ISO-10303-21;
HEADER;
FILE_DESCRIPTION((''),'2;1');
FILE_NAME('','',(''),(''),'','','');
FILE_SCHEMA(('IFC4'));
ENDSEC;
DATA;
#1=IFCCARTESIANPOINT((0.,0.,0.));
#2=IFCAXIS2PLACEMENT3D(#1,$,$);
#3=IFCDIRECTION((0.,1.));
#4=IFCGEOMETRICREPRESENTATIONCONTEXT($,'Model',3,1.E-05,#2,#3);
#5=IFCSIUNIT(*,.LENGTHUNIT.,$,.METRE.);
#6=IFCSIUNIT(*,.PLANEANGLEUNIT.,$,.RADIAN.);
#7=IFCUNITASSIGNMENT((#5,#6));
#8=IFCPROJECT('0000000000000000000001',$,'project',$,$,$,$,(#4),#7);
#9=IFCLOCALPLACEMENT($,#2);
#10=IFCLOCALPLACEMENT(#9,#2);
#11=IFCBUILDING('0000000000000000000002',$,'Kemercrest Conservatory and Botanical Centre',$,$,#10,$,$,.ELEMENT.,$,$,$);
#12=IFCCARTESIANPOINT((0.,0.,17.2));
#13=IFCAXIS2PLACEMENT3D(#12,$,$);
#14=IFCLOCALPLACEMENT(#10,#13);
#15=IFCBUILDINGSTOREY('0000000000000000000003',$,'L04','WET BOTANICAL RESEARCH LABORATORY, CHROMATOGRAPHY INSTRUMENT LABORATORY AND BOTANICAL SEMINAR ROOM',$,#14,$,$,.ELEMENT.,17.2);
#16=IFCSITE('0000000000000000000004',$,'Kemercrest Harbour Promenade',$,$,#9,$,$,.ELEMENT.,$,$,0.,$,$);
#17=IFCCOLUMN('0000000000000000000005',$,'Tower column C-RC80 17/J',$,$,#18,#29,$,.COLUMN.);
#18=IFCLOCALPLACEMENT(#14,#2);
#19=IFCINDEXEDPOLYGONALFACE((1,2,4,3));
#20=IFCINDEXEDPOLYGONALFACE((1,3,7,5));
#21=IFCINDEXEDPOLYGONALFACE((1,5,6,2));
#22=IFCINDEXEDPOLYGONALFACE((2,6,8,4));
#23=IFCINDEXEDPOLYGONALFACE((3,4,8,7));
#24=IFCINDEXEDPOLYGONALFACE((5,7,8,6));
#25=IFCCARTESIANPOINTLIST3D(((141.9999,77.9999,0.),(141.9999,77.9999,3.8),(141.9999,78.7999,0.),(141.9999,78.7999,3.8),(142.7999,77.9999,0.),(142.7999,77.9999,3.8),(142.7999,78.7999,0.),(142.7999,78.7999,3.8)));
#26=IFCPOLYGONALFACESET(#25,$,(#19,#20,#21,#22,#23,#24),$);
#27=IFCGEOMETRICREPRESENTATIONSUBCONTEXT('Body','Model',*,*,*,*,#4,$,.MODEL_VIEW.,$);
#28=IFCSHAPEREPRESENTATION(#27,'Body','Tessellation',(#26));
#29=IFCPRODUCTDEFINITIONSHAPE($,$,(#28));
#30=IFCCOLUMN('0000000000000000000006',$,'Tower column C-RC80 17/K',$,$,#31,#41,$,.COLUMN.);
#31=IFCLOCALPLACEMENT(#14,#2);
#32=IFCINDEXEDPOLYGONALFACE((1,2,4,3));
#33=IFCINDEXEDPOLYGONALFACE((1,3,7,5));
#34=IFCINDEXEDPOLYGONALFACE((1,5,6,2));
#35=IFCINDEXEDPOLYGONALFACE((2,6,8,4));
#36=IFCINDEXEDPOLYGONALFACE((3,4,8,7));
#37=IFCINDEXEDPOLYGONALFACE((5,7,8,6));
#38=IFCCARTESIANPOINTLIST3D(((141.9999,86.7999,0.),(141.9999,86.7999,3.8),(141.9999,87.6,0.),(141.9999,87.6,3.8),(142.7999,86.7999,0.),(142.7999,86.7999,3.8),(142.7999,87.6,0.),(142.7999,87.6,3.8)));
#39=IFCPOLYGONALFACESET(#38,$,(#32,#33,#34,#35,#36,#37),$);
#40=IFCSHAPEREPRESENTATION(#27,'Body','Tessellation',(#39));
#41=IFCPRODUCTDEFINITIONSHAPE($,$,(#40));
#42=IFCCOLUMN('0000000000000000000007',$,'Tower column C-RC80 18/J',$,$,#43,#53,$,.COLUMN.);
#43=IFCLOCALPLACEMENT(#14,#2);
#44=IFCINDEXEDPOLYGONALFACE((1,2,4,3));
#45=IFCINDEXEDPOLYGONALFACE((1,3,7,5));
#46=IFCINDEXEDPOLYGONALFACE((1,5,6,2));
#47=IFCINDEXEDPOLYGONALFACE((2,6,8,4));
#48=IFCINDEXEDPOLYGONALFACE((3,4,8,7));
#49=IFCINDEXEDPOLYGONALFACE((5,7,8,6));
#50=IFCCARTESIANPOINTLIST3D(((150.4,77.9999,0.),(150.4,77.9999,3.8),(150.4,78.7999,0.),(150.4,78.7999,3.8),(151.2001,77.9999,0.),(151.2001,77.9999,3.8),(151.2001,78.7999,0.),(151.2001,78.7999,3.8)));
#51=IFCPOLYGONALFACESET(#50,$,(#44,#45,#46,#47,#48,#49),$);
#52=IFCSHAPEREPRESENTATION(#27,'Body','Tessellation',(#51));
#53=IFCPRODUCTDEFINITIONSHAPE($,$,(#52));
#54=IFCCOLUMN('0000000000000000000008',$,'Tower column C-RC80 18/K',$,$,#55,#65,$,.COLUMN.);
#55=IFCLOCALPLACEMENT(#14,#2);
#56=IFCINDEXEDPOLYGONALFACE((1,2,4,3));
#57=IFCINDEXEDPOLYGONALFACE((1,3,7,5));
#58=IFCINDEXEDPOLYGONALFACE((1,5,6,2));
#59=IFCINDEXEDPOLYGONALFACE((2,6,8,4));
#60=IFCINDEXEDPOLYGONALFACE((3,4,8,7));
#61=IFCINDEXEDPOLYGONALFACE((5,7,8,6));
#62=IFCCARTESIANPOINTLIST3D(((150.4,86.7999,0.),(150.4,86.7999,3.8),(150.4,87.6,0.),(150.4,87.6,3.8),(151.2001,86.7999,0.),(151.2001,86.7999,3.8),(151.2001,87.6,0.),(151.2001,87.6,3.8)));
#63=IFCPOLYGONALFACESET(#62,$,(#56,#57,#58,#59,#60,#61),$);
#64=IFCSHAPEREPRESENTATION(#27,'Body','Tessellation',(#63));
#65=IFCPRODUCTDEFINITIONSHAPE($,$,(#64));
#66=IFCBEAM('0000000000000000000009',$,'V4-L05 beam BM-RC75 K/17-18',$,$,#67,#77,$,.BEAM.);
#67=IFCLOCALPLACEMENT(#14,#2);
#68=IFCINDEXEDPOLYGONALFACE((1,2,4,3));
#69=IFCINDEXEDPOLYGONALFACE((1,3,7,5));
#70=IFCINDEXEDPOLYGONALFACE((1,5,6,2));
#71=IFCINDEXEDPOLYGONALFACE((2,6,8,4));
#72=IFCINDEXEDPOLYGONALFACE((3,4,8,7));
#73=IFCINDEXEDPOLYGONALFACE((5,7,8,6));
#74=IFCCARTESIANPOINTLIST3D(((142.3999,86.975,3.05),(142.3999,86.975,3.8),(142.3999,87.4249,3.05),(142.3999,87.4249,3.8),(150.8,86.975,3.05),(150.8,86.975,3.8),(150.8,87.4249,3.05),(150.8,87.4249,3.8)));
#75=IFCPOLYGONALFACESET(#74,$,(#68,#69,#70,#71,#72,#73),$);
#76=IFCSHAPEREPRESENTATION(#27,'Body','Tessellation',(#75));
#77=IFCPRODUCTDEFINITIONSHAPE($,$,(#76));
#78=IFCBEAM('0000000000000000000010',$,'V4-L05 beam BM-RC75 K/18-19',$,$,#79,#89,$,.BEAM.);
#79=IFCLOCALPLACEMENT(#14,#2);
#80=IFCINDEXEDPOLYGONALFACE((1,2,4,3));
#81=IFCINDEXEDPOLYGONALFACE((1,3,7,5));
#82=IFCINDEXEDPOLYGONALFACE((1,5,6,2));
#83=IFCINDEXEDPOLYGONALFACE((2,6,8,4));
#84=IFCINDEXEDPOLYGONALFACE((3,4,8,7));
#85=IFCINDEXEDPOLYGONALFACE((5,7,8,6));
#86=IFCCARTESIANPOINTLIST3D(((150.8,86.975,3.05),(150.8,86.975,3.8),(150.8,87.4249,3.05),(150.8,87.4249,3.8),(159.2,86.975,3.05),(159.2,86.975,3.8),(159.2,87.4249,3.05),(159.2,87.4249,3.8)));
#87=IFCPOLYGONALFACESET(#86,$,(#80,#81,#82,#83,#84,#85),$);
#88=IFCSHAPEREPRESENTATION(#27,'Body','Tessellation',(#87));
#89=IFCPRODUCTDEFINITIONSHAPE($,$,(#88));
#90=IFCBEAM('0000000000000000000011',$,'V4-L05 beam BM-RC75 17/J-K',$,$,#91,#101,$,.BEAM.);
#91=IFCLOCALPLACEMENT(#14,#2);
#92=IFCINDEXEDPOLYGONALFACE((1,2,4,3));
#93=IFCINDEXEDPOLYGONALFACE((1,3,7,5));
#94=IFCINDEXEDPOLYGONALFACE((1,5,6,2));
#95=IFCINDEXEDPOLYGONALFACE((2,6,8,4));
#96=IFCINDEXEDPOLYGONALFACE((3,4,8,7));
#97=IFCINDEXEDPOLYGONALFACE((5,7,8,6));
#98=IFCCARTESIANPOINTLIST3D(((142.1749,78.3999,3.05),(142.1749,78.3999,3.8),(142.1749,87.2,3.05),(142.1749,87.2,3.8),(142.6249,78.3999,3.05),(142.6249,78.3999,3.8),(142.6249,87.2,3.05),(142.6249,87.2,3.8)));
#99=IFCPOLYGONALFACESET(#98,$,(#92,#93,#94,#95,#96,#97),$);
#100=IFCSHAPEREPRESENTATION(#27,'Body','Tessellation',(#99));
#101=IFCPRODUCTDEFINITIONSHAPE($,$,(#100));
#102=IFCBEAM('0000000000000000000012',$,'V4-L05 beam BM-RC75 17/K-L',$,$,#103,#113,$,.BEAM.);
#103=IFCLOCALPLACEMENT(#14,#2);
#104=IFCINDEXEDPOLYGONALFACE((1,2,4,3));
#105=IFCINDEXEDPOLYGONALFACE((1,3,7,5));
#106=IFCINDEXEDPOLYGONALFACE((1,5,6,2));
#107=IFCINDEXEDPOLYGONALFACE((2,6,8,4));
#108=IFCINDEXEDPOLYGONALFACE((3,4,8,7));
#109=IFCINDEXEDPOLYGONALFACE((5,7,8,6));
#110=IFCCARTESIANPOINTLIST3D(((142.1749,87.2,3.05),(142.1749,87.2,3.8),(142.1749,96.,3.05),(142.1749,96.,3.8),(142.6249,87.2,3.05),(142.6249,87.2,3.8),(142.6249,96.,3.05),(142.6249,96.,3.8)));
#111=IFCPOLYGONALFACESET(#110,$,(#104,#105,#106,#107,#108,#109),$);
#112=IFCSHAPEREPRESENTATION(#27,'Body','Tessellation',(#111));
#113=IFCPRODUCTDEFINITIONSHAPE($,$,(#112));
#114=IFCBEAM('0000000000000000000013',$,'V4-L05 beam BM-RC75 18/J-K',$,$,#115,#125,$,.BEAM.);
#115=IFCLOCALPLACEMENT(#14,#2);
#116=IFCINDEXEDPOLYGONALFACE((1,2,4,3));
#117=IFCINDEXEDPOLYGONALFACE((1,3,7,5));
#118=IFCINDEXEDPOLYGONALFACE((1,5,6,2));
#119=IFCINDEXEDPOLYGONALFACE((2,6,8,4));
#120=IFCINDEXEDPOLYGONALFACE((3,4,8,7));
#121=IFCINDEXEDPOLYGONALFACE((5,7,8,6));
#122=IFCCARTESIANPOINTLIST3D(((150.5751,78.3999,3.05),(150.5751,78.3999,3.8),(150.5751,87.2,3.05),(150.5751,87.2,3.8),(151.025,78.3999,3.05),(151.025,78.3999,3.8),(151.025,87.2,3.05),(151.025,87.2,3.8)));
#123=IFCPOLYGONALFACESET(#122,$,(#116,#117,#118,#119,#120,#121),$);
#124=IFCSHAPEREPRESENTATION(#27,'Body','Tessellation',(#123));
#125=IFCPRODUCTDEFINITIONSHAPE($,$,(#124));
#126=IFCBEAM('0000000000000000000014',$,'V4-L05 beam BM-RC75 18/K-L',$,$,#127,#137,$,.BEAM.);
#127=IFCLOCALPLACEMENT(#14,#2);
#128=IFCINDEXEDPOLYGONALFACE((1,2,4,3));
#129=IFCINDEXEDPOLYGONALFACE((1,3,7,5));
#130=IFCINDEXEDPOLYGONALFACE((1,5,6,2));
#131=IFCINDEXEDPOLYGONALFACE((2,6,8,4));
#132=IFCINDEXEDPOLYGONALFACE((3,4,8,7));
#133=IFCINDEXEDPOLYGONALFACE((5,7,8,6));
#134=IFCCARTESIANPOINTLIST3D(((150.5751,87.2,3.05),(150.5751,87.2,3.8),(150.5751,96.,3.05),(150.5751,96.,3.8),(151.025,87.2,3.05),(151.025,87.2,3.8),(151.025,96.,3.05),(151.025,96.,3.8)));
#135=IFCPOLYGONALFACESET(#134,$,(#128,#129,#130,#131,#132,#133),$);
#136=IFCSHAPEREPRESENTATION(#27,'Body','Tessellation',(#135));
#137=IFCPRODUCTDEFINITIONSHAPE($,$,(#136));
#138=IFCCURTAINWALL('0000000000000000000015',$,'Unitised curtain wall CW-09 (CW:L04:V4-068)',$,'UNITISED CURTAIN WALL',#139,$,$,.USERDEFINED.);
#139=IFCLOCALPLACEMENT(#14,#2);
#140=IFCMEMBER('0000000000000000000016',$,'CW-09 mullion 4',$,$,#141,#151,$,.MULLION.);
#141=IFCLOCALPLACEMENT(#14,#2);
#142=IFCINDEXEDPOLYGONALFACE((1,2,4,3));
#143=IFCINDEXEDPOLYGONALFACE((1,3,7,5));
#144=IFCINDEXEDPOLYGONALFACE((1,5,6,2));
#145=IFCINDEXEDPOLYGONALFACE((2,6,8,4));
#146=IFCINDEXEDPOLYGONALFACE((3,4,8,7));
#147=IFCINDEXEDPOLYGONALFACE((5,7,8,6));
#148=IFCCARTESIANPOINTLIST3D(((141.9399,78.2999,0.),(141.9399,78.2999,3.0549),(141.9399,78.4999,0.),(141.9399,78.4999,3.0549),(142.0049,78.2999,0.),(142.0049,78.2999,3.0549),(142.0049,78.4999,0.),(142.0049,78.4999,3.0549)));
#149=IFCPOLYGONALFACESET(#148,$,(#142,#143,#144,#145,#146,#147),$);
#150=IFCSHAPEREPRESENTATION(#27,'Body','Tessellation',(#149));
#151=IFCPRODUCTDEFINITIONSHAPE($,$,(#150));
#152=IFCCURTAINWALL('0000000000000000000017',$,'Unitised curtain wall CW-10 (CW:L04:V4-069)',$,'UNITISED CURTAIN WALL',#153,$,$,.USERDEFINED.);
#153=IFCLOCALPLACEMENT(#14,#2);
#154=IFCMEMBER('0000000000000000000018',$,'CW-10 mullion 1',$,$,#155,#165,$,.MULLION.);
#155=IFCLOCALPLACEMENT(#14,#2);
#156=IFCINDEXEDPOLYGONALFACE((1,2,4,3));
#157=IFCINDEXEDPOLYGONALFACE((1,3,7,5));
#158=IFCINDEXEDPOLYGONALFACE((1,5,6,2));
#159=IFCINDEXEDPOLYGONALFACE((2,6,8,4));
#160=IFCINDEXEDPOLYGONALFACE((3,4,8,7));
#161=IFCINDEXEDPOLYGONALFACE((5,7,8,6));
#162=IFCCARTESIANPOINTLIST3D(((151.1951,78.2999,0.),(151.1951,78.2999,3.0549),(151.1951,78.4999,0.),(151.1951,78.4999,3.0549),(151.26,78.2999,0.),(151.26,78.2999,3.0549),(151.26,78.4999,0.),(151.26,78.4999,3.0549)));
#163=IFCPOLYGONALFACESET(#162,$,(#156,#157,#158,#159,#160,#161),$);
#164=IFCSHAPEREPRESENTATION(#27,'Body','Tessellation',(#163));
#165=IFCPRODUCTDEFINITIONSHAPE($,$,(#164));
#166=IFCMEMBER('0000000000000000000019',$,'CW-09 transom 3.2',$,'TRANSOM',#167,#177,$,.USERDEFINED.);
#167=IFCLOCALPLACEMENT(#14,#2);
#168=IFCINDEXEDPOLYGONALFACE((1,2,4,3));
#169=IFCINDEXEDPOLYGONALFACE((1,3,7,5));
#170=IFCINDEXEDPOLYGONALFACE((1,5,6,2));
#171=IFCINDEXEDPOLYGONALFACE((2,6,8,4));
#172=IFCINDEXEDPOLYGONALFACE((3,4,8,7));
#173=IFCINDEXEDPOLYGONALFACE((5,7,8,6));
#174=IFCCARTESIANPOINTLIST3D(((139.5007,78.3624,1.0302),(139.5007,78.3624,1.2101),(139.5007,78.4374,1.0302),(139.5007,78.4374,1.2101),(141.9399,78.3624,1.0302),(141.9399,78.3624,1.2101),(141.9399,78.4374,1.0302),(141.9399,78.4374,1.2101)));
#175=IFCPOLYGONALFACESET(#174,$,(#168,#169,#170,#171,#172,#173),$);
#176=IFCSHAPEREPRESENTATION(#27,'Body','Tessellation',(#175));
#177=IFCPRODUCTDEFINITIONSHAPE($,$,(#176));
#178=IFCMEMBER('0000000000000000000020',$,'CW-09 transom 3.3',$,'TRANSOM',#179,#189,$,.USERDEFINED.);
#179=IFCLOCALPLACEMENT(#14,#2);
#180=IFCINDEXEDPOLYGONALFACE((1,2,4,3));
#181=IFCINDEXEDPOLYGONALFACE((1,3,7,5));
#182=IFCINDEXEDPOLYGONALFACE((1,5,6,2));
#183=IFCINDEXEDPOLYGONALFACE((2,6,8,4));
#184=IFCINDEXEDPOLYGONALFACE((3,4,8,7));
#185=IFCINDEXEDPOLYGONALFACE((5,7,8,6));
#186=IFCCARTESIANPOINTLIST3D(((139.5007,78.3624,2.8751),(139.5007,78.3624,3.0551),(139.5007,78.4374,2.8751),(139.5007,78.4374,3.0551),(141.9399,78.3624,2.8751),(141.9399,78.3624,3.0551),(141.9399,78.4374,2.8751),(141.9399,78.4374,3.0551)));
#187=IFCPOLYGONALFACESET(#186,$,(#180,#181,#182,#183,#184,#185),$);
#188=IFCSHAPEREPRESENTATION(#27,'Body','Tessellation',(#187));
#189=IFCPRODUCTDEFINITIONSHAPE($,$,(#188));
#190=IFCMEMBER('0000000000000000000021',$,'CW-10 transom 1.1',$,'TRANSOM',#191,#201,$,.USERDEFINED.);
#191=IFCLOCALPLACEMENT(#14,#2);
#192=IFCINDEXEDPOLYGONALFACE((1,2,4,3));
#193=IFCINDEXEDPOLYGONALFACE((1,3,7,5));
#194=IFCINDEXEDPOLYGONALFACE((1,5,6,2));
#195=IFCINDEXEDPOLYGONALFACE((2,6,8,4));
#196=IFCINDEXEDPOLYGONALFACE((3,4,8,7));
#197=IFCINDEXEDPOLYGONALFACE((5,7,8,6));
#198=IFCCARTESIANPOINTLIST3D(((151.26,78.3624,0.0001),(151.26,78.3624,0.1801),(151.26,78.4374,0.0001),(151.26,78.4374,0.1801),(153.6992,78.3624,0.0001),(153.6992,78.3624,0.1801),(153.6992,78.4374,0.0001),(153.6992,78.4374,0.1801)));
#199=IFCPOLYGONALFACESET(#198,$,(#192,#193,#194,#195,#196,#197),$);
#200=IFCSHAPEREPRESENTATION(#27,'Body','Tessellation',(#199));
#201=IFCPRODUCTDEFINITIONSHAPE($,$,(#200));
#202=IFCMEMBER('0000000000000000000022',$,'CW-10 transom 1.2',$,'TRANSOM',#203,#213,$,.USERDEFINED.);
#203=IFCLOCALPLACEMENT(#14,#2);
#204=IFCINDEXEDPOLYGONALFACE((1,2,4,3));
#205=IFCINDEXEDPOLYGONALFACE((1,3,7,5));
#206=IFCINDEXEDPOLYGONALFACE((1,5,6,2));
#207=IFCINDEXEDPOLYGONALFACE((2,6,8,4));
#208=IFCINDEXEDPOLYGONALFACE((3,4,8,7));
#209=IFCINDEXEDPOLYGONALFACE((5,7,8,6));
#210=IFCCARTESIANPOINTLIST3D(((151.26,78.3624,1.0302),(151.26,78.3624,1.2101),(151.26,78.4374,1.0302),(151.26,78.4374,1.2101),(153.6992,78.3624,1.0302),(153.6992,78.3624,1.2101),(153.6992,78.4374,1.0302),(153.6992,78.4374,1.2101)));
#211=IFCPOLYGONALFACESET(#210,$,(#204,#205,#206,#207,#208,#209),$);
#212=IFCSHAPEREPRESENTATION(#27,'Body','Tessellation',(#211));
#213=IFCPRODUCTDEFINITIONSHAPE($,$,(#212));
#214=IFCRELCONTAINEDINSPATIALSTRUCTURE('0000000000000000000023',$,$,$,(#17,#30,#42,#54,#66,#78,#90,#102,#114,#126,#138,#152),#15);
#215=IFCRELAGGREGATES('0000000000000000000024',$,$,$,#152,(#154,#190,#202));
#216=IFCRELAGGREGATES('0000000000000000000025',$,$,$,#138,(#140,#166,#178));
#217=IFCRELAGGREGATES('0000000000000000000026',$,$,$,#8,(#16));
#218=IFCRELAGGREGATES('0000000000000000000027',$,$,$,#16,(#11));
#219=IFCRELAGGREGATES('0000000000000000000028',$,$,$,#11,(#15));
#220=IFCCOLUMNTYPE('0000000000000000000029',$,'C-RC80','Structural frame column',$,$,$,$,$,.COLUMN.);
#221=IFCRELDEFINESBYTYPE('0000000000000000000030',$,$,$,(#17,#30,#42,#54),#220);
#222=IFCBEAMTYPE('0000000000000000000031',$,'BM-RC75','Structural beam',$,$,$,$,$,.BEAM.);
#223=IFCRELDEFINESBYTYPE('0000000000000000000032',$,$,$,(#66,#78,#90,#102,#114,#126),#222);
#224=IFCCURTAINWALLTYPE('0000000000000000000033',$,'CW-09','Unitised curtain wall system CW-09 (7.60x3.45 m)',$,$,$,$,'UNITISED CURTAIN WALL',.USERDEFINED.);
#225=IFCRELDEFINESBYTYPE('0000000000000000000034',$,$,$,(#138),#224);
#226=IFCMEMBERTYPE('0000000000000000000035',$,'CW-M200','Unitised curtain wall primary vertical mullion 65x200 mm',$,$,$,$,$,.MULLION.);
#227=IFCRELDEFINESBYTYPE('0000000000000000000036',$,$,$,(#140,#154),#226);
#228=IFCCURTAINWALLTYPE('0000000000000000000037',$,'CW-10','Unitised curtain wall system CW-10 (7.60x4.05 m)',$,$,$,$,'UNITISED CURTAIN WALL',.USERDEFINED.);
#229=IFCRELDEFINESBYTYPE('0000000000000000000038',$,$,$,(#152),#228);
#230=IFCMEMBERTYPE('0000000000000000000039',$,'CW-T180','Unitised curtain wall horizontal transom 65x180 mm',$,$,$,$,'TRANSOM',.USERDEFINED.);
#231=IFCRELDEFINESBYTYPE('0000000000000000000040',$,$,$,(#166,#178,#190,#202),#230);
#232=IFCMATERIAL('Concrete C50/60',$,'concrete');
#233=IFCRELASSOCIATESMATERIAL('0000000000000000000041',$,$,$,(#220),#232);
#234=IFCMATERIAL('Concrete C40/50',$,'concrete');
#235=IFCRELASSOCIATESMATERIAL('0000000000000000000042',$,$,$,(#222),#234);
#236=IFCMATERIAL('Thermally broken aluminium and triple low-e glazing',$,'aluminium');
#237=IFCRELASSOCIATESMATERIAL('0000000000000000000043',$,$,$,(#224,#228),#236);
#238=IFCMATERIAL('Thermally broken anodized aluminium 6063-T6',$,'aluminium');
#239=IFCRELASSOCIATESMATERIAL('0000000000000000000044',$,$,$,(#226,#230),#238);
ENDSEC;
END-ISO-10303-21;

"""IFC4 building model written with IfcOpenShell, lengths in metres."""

from ifc_helpers import new_model, si_unit, direction, frame, origin, origin_2d, place, context, subcontext, project, spatial, rectangle, extrude, material, material_profile, profile_set, type_object, element, aggregate, save


model = new_model("IFC4")

# Units and contexts
model_context = context("Model", 3, precision=1e-05, world=origin(), true_north=direction((0.0, 1.0)))
body_context = subcontext(model_context, "Body", "Model", "MODEL_VIEW")
ifc_project = project(units=[si_unit("LENGTHUNIT", "METRE"), si_unit("PLANEANGLEUNIT", "RADIAN")], contexts=[model_context])

# Site, building, storey
site_placement = place(None, origin())
site = spatial("IfcSite", under=ifc_project, at=site_placement, Name="Kemercrest Harbour Promenade", CompositionType="ELEMENT", RefElevation=0.0)
building_placement = place(site_placement, origin())
building = spatial("IfcBuilding", under=site, at=building_placement, Name="Kemercrest Conservatory and Botanical Centre", CompositionType="ELEMENT")
storey_placement = place(building_placement, frame((0.0, 0.0, 17.2)))
storey = spatial("IfcBuildingStorey", under=building, at=storey_placement, Name="L04", Description="WET BOTANICAL RESEARCH LABORATORY, CHROMATOGRAPHY INSTRUMENT LABORATORY AND BOTANICAL SEMINAR ROOM", CompositionType="ELEMENT", Elevation=17.2)

# Columns
ifc_material_1 = material(Name="Concrete C50/60", Category="concrete")
ifc_material_profile_1 = material_profile(ifc_material_1, rectangle(XDim=0.8, YDim=0.8, at=origin_2d()), Name="RC 800x800")
ifc_profile_set_1 = profile_set([ifc_material_profile_1], Name="Concrete C50/60")
column_type = type_object("IfcColumnType", Name="C-RC80", Description="Structural frame column", PredefinedType="COLUMN", material=ifc_profile_set_1)
for number, where, z_axis, x_axis, name in (
    (1, (142.3999, 78.3999, 0.0), (0.0, 0.0, 1.0), (1.0, 0.0, 0.0), "Tower column C-RC80 17/J"),
    (2, (142.3999, 87.2, 0.0), (0.0, 0.0, 1.0), (1.0, 0.0, 0.0), "Tower column C-RC80 17/K"),
    (3, (150.8, 78.3999, 0.0), (0.0, 0.0, 1.0), (1.0, 0.0, 0.0), "Tower column C-RC80 18/J"),
    (4, (150.8, 87.2, 0.0), (0.0, 0.0, 1.0), (1.0, 0.0, 0.0), "Tower column C-RC80 18/K"),
):
    element("IfcColumn", number, at=place(storey_placement, frame(where, z_axis=z_axis, x_axis=x_axis)), inside=storey, type_object=column_type, Name=name, PredefinedType="COLUMN", context=body_context, shape_type="SweptSolid", body=[
        extrude(rectangle(XDim=0.8, YDim=0.8, at=origin_2d()), origin(), (0.0, 0.0, 1.0), 3.8),
    ])

# Beams
ifc_material_2 = material(Name="Concrete C40/50", Category="concrete")
ifc_material_profile_2 = material_profile(ifc_material_2, rectangle(XDim=0.45, YDim=0.75, at=origin_2d()), Name="RC 450x750")
ifc_profile_set_2 = profile_set([ifc_material_profile_2], Name="Concrete C40/50")
beam_type_1 = type_object("IfcBeamType", Name="BM-RC75", Description="Structural beam", PredefinedType="BEAM", material=ifc_profile_set_2)
beam_1_placement = place(storey_placement, frame((142.3999, 87.2, 3.425), z_axis=(1.0, 0.0, 0.0), x_axis=(0.0, 1.0, 0.0)))
element("IfcBeam", 5, at=beam_1_placement, inside=storey, type_object=beam_type_1, Name="V4-L05 beam BM-RC75 K/17-18", PredefinedType="BEAM", context=body_context, shape_type="SweptSolid", body=[
    extrude(rectangle(XDim=0.45, YDim=0.75, at=origin_2d()), origin(), (0.0, 0.0, 1.0), 8.4001),
])
beam_2_placement = place(storey_placement, frame((150.8, 87.2, 3.425), z_axis=(1.0, 0.0, 0.0), x_axis=(0.0, 1.0, 0.0)))
element("IfcBeam", 6, at=beam_2_placement, inside=storey, type_object=beam_type_1, Name="V4-L05 beam BM-RC75 K/18-19", PredefinedType="BEAM", context=body_context, shape_type="SweptSolid", body=[
    extrude(rectangle(XDim=0.45, YDim=0.75, at=origin_2d()), origin(), (0.0, 0.0, 1.0), 8.3999),
])
for number, where, z_axis, x_axis, name in (
    (7, (142.3999, 78.3999, 3.425), (0.0, 1.0, 0.0), (-1.0, 0.0, 0.0), "V4-L05 beam BM-RC75 17/J-K"),
    (8, (142.3999, 87.2, 3.425), (0.0, 1.0, 0.0), (-1.0, 0.0, 0.0), "V4-L05 beam BM-RC75 17/K-L"),
    (9, (150.8, 78.3999, 3.425), (0.0, 1.0, 0.0), (-1.0, 0.0, 0.0), "V4-L05 beam BM-RC75 18/J-K"),
    (10, (150.8, 87.2, 3.425), (0.0, 1.0, 0.0), (-1.0, 0.0, 0.0), "V4-L05 beam BM-RC75 18/K-L"),
):
    element("IfcBeam", number, at=place(storey_placement, frame(where, z_axis=z_axis, x_axis=x_axis)), inside=storey, type_object=beam_type_1, Name=name, PredefinedType="BEAM", context=body_context, shape_type="SweptSolid", body=[
        extrude(rectangle(XDim=0.45, YDim=0.75, at=origin_2d()), origin(), (0.0, 0.0, 1.0), 8.8),
    ])

# Curtain walls, members
ifc_material_3 = material(Name="Thermally broken aluminium and triple low-e glazing", Category="aluminium")
curtain_wall_type_1 = type_object("IfcCurtainWallType", Name="CW-09", Description="Unitised curtain wall system CW-09 (7.60x3.45 m)", ElementType="UNITISED CURTAIN WALL", PredefinedType="USERDEFINED", material=ifc_material_3)
curtain_wall_1_placement = place(storey_placement, origin())
curtain_wall_1 = element("IfcCurtainWall", 11, at=curtain_wall_1_placement, inside=storey, type_object=curtain_wall_type_1, Name="Unitised curtain wall CW-09 (CW:L04:V4-068)", ObjectType="UNITISED CURTAIN WALL", PredefinedType="USERDEFINED")
ifc_material_4 = material(Name="Thermally broken anodized aluminium 6063-T6", Category="aluminium")
ifc_material_profile_3 = material_profile(ifc_material_4, rectangle(XDim=0.2, YDim=0.0649, at=origin_2d()), Name="AL MULLION 65x200")
ifc_profile_set_3 = profile_set([ifc_material_profile_3], Name="Thermally broken anodized aluminium 6063-T6")
member_type_1 = type_object("IfcMemberType", Name="CW-M200", Description="Unitised curtain wall primary vertical mullion 65x200 mm", PredefinedType="MULLION", material=ifc_profile_set_3)
member_1_placement = place(storey_placement, frame((141.9724, 78.3999, 0.0), z_axis=(0.0, 0.0, 1.0), x_axis=(0.0, 1.0, 0.0)))
member_1 = element("IfcMember", 12, at=member_1_placement, type_object=member_type_1, Name="CW-09 mullion 4", PredefinedType="MULLION", context=body_context, shape_type="SweptSolid", body=[
    extrude(rectangle(XDim=0.2, YDim=0.0649, at=origin_2d()), origin(), (0.0, 0.0, 1.0), 3.0549),
])
curtain_wall_type_2 = type_object("IfcCurtainWallType", Name="CW-10", Description="Unitised curtain wall system CW-10 (7.60x4.05 m)", ElementType="UNITISED CURTAIN WALL", PredefinedType="USERDEFINED", material=ifc_material_3)
curtain_wall_2_placement = place(storey_placement, origin())
curtain_wall_2 = element("IfcCurtainWall", 13, at=curtain_wall_2_placement, inside=storey, type_object=curtain_wall_type_2, Name="Unitised curtain wall CW-10 (CW:L04:V4-069)", ObjectType="UNITISED CURTAIN WALL", PredefinedType="USERDEFINED")
member_2_placement = place(storey_placement, frame((151.2275, 78.3999, 0.0), z_axis=(0.0, 0.0, 1.0), x_axis=(0.0, 1.0, 0.0)))
member_2 = element("IfcMember", 14, at=member_2_placement, type_object=member_type_1, Name="CW-10 mullion 1", PredefinedType="MULLION", context=body_context, shape_type="SweptSolid", body=[
    extrude(rectangle(XDim=0.2, YDim=0.0649, at=origin_2d()), origin(), (0.0, 0.0, 1.0), 3.0549),
])

# Members
ifc_material_profile_4 = material_profile(ifc_material_4, rectangle(XDim=0.075, YDim=0.1799, at=origin_2d()), Name="AL TRANSOM 75x180")
ifc_profile_set_4 = profile_set([ifc_material_profile_4], Name="Thermally broken anodized aluminium 6063-T6")
member_type_2 = type_object("IfcMemberType", Name="CW-T180", Description="Unitised curtain wall horizontal transom 65x180 mm", ElementType="TRANSOM", PredefinedType="USERDEFINED", material=ifc_profile_set_4)
member_3_placement = place(storey_placement, frame((139.5007, 78.3999, 1.1201), z_axis=(1.0, 0.0, 0.0), x_axis=(0.0, 1.0, 0.0)))
member_3 = element("IfcMember", 15, at=member_3_placement, type_object=member_type_2, Name="CW-09 transom 3.2", ObjectType="TRANSOM", PredefinedType="USERDEFINED", context=body_context, shape_type="SweptSolid", body=[
    extrude(rectangle(XDim=0.075, YDim=0.1799, at=origin_2d()), origin(), (0.0, 0.0, 1.0), 2.4392),
])
member_4_placement = place(storey_placement, frame((139.5007, 78.3999, 2.9651), z_axis=(1.0, 0.0, 0.0), x_axis=(0.0, 1.0, 0.0)))
member_4 = element("IfcMember", 16, at=member_4_placement, type_object=member_type_2, Name="CW-09 transom 3.3", ObjectType="TRANSOM", PredefinedType="USERDEFINED", context=body_context, shape_type="SweptSolid", body=[
    extrude(rectangle(XDim=0.075, YDim=0.1799, at=origin_2d()), origin(), (0.0, 0.0, 1.0), 2.4392),
])
member_5_placement = place(storey_placement, frame((151.26, 78.3999, 0.0901), z_axis=(1.0, 0.0, 0.0), x_axis=(0.0, 1.0, 0.0)))
member_5 = element("IfcMember", 17, at=member_5_placement, type_object=member_type_2, Name="CW-10 transom 1.1", ObjectType="TRANSOM", PredefinedType="USERDEFINED", context=body_context, shape_type="SweptSolid", body=[
    extrude(rectangle(XDim=0.075, YDim=0.1799, at=origin_2d()), origin(), (0.0, 0.0, 1.0), 2.4392),
])
member_6_placement = place(storey_placement, frame((151.26, 78.3999, 1.1201), z_axis=(1.0, 0.0, 0.0), x_axis=(0.0, 1.0, 0.0)))
member_6 = element("IfcMember", 18, at=member_6_placement, type_object=member_type_2, Name="CW-10 transom 1.2", ObjectType="TRANSOM", PredefinedType="USERDEFINED", context=body_context, shape_type="SweptSolid", body=[
    extrude(rectangle(XDim=0.075, YDim=0.1799, at=origin_2d()), origin(), (0.0, 0.0, 1.0), 2.4392),
])
aggregate(curtain_wall_2, [member_2, member_5, member_6])

aggregate(curtain_wall_1, [member_1, member_3, member_4])

save(model, "model.ifc")
